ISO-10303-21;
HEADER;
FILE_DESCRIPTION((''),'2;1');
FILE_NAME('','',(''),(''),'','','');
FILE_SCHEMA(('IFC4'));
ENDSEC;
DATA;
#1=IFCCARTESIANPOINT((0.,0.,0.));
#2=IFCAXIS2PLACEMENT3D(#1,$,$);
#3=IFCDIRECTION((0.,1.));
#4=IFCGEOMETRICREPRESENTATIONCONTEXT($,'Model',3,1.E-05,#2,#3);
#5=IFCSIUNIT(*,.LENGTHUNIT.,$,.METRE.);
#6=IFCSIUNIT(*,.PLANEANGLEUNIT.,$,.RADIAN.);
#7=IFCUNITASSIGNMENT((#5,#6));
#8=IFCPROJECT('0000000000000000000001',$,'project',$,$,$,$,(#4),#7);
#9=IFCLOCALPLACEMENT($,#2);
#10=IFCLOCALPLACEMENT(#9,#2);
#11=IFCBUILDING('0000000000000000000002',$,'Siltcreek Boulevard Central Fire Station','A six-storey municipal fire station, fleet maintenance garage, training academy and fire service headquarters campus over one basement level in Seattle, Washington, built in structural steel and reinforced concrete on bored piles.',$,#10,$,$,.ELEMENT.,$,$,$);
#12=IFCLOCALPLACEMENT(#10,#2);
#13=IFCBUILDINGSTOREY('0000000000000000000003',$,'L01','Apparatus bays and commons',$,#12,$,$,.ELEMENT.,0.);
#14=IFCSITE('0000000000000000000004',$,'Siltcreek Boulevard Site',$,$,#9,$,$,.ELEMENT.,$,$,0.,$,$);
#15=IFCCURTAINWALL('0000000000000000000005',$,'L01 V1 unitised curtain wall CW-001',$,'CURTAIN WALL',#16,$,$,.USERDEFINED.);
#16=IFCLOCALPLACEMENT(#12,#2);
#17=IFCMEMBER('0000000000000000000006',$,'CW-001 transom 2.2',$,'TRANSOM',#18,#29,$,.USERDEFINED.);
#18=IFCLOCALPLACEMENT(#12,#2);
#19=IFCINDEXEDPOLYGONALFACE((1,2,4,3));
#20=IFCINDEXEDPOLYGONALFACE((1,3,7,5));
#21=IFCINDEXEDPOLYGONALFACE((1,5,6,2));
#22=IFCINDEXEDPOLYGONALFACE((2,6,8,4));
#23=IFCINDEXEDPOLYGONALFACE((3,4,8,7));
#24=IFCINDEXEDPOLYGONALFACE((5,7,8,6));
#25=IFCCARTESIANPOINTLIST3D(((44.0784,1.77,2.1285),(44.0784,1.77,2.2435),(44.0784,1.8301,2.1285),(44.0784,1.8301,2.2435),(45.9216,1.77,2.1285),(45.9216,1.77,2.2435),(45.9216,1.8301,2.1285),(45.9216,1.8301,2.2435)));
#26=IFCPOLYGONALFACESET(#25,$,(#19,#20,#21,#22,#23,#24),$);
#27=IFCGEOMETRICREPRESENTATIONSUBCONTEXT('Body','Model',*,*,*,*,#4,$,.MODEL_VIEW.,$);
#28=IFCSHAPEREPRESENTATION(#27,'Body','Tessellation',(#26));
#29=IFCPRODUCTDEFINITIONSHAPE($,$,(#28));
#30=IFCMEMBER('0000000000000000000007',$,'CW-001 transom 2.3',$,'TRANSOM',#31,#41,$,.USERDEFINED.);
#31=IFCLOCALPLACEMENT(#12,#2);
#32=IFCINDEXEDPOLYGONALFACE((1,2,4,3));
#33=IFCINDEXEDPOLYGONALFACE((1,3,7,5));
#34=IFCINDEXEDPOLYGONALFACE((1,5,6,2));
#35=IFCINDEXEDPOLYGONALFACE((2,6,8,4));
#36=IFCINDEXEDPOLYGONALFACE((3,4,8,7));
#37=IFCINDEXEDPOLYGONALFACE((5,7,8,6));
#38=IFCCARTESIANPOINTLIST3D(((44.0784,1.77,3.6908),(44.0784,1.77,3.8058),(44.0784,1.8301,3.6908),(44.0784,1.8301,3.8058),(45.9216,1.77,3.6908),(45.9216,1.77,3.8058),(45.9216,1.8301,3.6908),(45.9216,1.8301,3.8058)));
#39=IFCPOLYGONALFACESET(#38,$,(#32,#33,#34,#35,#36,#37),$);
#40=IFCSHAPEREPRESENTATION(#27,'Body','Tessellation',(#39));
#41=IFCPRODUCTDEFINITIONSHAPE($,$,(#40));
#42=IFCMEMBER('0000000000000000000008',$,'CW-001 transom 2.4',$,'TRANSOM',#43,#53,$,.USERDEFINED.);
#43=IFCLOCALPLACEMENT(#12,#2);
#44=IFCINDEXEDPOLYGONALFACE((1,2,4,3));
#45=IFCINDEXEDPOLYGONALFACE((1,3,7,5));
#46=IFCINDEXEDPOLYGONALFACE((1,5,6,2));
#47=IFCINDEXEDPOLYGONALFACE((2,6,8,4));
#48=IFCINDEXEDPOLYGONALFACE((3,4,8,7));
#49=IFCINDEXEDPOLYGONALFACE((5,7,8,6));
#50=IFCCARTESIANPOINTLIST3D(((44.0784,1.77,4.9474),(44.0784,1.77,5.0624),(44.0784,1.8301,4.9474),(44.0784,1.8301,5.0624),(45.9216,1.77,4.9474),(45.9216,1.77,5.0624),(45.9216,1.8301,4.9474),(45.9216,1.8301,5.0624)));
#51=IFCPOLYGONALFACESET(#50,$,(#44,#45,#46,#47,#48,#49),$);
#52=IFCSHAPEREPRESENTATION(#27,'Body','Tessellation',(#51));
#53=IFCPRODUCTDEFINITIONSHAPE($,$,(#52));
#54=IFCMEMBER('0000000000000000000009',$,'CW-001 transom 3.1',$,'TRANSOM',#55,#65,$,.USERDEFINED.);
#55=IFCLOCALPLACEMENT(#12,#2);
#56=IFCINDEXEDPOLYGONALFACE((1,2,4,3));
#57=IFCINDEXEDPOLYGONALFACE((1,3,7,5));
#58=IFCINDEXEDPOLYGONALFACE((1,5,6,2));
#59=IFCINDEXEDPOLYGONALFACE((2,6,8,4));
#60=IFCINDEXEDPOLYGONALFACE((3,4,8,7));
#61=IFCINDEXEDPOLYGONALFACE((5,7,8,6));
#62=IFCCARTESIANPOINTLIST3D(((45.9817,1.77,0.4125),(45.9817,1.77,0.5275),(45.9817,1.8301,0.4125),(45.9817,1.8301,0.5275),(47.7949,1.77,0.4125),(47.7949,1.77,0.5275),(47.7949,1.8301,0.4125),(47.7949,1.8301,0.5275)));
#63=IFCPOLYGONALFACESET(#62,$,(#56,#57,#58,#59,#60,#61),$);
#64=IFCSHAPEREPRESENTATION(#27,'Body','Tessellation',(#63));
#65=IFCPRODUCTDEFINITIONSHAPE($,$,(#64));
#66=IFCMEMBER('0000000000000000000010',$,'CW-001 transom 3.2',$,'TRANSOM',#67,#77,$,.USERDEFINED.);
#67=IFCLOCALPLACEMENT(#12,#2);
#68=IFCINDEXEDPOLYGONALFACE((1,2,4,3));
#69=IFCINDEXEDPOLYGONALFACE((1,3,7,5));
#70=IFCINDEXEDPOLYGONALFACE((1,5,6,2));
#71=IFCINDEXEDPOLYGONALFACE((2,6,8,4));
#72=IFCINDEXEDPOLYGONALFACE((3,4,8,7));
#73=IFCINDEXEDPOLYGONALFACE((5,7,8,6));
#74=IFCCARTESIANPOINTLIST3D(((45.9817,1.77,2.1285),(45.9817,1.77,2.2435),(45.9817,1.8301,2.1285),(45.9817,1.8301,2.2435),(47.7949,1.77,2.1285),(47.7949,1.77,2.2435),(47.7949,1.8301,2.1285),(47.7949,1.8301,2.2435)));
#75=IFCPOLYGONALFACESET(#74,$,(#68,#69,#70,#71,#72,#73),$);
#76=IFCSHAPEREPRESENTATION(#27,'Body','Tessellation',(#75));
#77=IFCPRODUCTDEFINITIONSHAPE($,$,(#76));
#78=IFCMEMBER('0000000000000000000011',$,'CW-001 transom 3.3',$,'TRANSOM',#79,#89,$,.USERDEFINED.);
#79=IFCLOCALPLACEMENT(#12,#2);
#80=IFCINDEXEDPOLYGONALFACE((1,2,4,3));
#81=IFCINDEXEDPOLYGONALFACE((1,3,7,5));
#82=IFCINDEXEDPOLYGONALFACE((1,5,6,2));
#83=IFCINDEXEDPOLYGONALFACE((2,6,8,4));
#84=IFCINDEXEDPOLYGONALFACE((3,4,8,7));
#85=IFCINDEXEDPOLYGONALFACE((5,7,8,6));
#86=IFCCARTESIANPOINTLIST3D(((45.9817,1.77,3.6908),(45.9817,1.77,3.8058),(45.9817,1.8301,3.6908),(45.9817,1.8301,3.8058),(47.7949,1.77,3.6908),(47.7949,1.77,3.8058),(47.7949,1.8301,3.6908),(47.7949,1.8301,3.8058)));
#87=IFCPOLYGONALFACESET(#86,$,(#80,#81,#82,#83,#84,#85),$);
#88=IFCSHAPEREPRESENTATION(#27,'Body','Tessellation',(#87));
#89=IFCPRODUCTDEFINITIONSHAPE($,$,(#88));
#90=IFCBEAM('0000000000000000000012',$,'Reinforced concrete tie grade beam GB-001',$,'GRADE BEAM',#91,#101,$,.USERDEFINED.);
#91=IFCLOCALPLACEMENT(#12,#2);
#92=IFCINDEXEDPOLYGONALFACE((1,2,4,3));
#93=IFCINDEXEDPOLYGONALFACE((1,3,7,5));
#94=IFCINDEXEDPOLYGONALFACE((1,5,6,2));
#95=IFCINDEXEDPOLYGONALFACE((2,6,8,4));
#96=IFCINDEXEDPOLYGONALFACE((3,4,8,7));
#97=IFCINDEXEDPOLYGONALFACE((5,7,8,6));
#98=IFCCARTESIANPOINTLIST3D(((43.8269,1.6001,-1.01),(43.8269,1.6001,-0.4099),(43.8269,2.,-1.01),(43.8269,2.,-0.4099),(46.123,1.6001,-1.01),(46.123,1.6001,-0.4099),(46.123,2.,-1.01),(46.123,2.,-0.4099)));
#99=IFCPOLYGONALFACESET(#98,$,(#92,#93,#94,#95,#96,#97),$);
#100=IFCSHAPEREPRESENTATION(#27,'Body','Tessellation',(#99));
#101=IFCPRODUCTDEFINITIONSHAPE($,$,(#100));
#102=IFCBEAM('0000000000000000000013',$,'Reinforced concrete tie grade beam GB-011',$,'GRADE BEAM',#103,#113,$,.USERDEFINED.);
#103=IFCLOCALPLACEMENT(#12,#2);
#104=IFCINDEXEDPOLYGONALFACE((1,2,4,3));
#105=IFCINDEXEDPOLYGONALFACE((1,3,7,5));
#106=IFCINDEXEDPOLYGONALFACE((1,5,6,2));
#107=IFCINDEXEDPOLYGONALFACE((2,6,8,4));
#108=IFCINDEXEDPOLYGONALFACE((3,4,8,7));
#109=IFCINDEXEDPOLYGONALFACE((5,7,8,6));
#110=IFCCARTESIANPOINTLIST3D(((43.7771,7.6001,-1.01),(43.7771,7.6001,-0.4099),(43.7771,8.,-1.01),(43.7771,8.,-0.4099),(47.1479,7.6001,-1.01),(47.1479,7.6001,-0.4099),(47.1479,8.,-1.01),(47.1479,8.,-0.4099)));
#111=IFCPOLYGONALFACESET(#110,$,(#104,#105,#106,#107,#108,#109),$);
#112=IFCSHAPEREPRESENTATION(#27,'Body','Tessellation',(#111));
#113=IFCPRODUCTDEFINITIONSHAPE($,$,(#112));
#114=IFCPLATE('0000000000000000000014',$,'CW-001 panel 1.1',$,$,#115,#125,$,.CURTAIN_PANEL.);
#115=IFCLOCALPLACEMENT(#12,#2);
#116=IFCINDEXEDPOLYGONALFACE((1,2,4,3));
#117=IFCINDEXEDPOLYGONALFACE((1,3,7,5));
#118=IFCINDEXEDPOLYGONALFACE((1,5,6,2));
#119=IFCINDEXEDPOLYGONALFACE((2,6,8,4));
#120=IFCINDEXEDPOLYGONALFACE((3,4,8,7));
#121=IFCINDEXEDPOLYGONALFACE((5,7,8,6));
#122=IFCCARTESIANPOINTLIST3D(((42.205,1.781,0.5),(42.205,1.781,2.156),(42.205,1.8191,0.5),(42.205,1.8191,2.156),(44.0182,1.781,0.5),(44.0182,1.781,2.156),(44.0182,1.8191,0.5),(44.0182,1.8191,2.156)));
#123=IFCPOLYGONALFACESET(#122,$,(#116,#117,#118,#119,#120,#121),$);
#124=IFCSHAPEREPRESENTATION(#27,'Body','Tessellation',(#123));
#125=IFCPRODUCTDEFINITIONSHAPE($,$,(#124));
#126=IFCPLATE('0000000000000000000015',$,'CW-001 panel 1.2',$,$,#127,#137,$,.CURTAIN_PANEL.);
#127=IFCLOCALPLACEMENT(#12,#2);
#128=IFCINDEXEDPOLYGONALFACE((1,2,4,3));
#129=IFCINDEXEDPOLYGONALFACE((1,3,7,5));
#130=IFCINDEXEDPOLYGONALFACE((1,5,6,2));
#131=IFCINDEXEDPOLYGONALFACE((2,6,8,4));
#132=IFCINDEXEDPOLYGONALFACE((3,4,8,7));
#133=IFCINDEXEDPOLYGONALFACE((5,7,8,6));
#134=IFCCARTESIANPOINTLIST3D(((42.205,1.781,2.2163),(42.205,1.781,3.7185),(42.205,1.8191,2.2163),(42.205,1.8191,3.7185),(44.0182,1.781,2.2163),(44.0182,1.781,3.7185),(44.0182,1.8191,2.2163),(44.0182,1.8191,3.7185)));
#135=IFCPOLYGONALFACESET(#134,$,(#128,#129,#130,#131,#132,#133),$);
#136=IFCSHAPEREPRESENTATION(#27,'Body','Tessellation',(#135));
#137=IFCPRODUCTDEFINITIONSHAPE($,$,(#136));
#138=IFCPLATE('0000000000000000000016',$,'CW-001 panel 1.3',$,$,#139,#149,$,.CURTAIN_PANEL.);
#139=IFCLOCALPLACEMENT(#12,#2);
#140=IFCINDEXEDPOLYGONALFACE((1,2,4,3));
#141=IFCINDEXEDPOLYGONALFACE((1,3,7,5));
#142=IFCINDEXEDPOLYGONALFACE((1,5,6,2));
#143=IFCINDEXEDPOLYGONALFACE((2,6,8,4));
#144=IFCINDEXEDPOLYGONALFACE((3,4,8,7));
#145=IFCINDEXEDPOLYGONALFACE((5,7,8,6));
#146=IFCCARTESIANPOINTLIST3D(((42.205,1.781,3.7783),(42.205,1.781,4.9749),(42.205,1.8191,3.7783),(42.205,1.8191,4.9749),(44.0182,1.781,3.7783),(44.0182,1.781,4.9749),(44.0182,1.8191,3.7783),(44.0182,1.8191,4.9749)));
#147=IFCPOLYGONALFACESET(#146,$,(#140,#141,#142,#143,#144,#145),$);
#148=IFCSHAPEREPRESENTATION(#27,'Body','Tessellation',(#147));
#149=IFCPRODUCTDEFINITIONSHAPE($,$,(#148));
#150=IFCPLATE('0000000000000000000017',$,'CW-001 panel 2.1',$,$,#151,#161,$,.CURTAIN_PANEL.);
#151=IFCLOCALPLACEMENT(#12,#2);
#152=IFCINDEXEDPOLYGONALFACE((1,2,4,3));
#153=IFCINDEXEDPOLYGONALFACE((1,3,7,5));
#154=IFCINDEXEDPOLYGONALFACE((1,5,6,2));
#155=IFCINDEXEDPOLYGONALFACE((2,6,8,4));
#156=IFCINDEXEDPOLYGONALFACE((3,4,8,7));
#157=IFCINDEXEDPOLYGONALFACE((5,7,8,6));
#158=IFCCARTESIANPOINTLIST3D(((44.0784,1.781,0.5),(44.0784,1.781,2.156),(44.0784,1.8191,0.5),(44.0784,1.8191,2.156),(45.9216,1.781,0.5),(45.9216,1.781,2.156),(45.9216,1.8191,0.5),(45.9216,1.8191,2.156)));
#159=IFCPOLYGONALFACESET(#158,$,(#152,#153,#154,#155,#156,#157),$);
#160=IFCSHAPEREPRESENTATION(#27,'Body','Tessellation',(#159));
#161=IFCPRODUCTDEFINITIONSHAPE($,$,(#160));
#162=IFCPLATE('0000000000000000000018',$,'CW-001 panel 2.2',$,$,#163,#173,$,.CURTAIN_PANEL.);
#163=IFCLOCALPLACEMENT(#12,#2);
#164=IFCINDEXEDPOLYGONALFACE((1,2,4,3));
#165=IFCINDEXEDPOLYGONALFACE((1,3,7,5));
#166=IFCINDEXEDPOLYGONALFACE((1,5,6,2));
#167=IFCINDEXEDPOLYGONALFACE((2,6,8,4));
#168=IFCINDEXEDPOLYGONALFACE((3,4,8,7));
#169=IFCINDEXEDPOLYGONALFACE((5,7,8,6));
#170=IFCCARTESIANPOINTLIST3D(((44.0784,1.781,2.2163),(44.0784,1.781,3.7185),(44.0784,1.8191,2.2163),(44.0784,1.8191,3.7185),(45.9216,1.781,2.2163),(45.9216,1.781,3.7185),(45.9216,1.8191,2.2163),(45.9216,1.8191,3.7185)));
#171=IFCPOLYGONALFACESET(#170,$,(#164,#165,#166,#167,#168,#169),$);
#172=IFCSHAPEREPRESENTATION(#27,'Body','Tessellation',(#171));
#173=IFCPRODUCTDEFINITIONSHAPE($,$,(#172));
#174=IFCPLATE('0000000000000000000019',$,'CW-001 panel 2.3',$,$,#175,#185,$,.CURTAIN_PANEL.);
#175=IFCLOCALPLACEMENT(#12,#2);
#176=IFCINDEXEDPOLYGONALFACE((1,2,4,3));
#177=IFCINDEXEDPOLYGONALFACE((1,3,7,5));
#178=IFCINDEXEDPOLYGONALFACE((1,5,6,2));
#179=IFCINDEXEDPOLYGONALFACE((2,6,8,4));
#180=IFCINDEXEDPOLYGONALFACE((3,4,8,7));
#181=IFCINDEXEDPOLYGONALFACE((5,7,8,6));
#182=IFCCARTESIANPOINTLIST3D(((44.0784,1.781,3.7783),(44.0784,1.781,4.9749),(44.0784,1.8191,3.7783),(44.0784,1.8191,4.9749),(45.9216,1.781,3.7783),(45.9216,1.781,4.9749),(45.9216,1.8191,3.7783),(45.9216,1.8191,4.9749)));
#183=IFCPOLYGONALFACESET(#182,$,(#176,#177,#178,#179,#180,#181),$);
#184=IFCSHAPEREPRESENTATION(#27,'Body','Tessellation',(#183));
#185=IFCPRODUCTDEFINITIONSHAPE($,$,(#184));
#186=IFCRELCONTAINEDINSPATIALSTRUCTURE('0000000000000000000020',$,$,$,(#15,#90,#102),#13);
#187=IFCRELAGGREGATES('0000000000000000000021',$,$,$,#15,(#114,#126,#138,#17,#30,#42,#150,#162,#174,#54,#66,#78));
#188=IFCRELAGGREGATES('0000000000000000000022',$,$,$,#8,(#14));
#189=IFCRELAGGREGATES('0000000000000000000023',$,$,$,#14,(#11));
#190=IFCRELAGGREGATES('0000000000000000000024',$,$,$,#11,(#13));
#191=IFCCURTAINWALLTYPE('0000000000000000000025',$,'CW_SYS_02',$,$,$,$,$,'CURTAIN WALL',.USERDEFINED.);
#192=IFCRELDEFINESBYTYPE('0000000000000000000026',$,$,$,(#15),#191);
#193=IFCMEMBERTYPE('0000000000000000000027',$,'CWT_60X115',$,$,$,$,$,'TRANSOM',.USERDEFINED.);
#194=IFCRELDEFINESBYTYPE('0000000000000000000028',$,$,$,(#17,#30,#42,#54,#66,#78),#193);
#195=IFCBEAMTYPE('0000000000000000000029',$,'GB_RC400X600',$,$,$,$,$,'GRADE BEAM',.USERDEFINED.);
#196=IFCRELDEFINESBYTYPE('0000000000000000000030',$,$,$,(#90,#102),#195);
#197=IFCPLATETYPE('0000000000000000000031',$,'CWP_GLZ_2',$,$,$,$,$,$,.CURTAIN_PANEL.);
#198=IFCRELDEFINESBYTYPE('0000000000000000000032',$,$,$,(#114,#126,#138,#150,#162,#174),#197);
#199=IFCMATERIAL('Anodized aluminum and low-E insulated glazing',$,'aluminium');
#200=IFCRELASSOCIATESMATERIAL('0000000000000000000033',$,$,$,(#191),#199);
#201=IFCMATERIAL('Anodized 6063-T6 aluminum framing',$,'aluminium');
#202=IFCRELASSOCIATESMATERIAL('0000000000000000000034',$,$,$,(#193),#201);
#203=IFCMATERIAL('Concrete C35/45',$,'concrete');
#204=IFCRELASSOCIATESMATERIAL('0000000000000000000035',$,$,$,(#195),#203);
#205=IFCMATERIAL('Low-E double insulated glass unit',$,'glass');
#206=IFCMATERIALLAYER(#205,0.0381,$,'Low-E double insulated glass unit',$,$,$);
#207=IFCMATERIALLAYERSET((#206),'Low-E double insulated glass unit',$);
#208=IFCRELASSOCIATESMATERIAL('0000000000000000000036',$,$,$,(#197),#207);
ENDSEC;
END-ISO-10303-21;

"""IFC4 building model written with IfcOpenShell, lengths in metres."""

from ifc_helpers import new_model, si_unit, direction, frame, origin, origin_2d, place, context, subcontext, project, spatial, rectangle, extrude, material, layer, layer_set, material_profile, profile_set, type_object, element, aggregate, save


model = new_model("IFC4")

# Units and contexts
model_context = context("Model", 3, precision=1e-05, world=origin(), true_north=direction((0.0, 1.0)))
body_context = subcontext(model_context, "Body", "Model", "MODEL_VIEW")
ifc_project = project(units=[si_unit("LENGTHUNIT", "METRE"), si_unit("PLANEANGLEUNIT", "RADIAN")], contexts=[model_context])

# Site, building, storey
site_placement = place(None, origin())
site = spatial("IfcSite", under=ifc_project, at=site_placement, Name="Siltcreek Boulevard Site", CompositionType="ELEMENT", RefElevation=0.0)
building_placement = place(site_placement, origin())
building = spatial("IfcBuilding", under=site, at=building_placement, Name="Siltcreek Boulevard Central Fire Station", Description="A six-storey municipal fire station, fleet maintenance garage, training academy and fire service headquarters campus over one basement level in Seattle, Washington, built in structural steel and reinforced concrete on bored piles.", CompositionType="ELEMENT")
storey_placement = place(building_placement, origin())
storey = spatial("IfcBuildingStorey", under=building, at=storey_placement, Name="L01", Description="Apparatus bays and commons", CompositionType="ELEMENT", Elevation=0.0)

# Shared definitions
ifc_material_1 = material(Name="Concrete C35/45", Category="concrete")

# Curtain wall, members
ifc_material_2 = material(Name="Anodized aluminum and low-E insulated glazing", Category="aluminium")
curtain_wall_type = type_object("IfcCurtainWallType", Name="CW_SYS_02", ElementType="CURTAIN WALL", PredefinedType="USERDEFINED", material=ifc_material_2)
curtain_wall_placement = place(storey_placement, origin())
curtain_wall = element("IfcCurtainWall", 1, at=curtain_wall_placement, inside=storey, type_object=curtain_wall_type, Name="L01 V1 unitised curtain wall CW-001", ObjectType="CURTAIN WALL", PredefinedType="USERDEFINED")
ifc_material_3 = material(Name="Anodized 6063-T6 aluminum framing", Category="aluminium")
ifc_material_profile_1 = material_profile(ifc_material_3, rectangle(XDim=0.0601, YDim=0.115, at=origin_2d()), Name="TRAN60X115")
ifc_profile_set_1 = profile_set([ifc_material_profile_1], Name="Anodized 6063-T6 aluminum framing")
member_type_1 = type_object("IfcMemberType", Name="CWT_60X115", ElementType="TRANSOM", PredefinedType="USERDEFINED", material=ifc_profile_set_1)
member_1_placement = place(storey_placement, frame((44.0784, 1.8, 2.186), z_axis=(1.0, 0.0, 0.0), x_axis=(0.0, 1.0, 0.0)))
member_1 = element("IfcMember", 2, at=member_1_placement, type_object=member_type_1, Name="CW-001 transom 2.2", ObjectType="TRANSOM", PredefinedType="USERDEFINED", context=body_context, shape_type="SweptSolid", body=[
    extrude(rectangle(XDim=0.0601, YDim=0.115, at=origin_2d()), origin(), (0.0, 0.0, 1.0), 1.8433),
])
member_2_placement = place(storey_placement, frame((44.0784, 1.8, 3.7483), z_axis=(1.0, 0.0, 0.0), x_axis=(0.0, 1.0, 0.0)))
member_2 = element("IfcMember", 3, at=member_2_placement, type_object=member_type_1, Name="CW-001 transom 2.3", ObjectType="TRANSOM", PredefinedType="USERDEFINED", context=body_context, shape_type="SweptSolid", body=[
    extrude(rectangle(XDim=0.0601, YDim=0.115, at=origin_2d()), origin(), (0.0, 0.0, 1.0), 1.8433),
])
member_3_placement = place(storey_placement, frame((44.0784, 1.8, 5.0049), z_axis=(1.0, 0.0, 0.0), x_axis=(0.0, 1.0, 0.0)))
member_3 = element("IfcMember", 4, at=member_3_placement, type_object=member_type_1, Name="CW-001 transom 2.4", ObjectType="TRANSOM", PredefinedType="USERDEFINED", context=body_context, shape_type="SweptSolid", body=[
    extrude(rectangle(XDim=0.0601, YDim=0.115, at=origin_2d()), origin(), (0.0, 0.0, 1.0), 1.8433),
])
member_4_placement = place(storey_placement, frame((45.9817, 1.8, 0.47), z_axis=(1.0, 0.0, 0.0), x_axis=(0.0, 1.0, 0.0)))
member_4 = element("IfcMember", 5, at=member_4_placement, type_object=member_type_1, Name="CW-001 transom 3.1", ObjectType="TRANSOM", PredefinedType="USERDEFINED", context=body_context, shape_type="SweptSolid", body=[
    extrude(rectangle(XDim=0.0601, YDim=0.115, at=origin_2d()), origin(), (0.0, 0.0, 1.0), 1.8132),
])
member_5_placement = place(storey_placement, frame((45.9817, 1.8, 2.186), z_axis=(1.0, 0.0, 0.0), x_axis=(0.0, 1.0, 0.0)))
member_5 = element("IfcMember", 6, at=member_5_placement, type_object=member_type_1, Name="CW-001 transom 3.2", ObjectType="TRANSOM", PredefinedType="USERDEFINED", context=body_context, shape_type="SweptSolid", body=[
    extrude(rectangle(XDim=0.0601, YDim=0.115, at=origin_2d()), origin(), (0.0, 0.0, 1.0), 1.8132),
])
member_6_placement = place(storey_placement, frame((45.9817, 1.8, 3.7483), z_axis=(1.0, 0.0, 0.0), x_axis=(0.0, 1.0, 0.0)))
member_6 = element("IfcMember", 7, at=member_6_placement, type_object=member_type_1, Name="CW-001 transom 3.3", ObjectType="TRANSOM", PredefinedType="USERDEFINED", context=body_context, shape_type="SweptSolid", body=[
    extrude(rectangle(XDim=0.0601, YDim=0.115, at=origin_2d()), origin(), (0.0, 0.0, 1.0), 1.8132),
])

# Beams
ifc_material_profile_2 = material_profile(ifc_material_1, rectangle(XDim=0.3999, YDim=0.6001, at=origin_2d()), Name="RC400X600")
ifc_profile_set_2 = profile_set([ifc_material_profile_2], Name="Concrete C35/45")
beam_type = type_object("IfcBeamType", Name="GB_RC400X600", ElementType="GRADE BEAM", PredefinedType="USERDEFINED", material=ifc_profile_set_2)
beam_1_placement = place(storey_placement, frame((43.8269, 1.8, -0.71), z_axis=(1.0, 0.0, 0.0), x_axis=(0.0, 1.0, 0.0)))
element("IfcBeam", 8, at=beam_1_placement, inside=storey, type_object=beam_type, Name="Reinforced concrete tie grade beam GB-001", ObjectType="GRADE BEAM", PredefinedType="USERDEFINED", context=body_context, shape_type="SweptSolid", body=[
    extrude(rectangle(XDim=0.3999, YDim=0.6001, at=origin_2d()), origin(), (0.0, 0.0, 1.0), 2.2961),
])
beam_2_placement = place(storey_placement, frame((43.7771, 7.8, -0.71), z_axis=(1.0, 0.0, 0.0), x_axis=(0.0, 1.0, 0.0)))
element("IfcBeam", 9, at=beam_2_placement, inside=storey, type_object=beam_type, Name="Reinforced concrete tie grade beam GB-011", ObjectType="GRADE BEAM", PredefinedType="USERDEFINED", context=body_context, shape_type="SweptSolid", body=[
    extrude(rectangle(XDim=0.3999, YDim=0.6001, at=origin_2d()), origin(), (0.0, 0.0, 1.0), 3.3708),
])

# Plates
ifc_material_4 = material(Name="Low-E double insulated glass unit", Category="glass")
ifc_layer_1 = layer(ifc_material_4, 0.0381, Name="Low-E double insulated glass unit")
ifc_layer_set_1 = layer_set([ifc_layer_1], Name="Low-E double insulated glass unit")
plate_type = type_object("IfcPlateType", Name="CWP_GLZ_2", PredefinedType="CURTAIN_PANEL", material=ifc_layer_set_1)
plate_1_placement = place(storey_placement, frame((43.1116, 1.8, 0.5), z_axis=(0.0, 0.0, 1.0), x_axis=(1.0, 0.0, 0.0)))
plate_1 = element("IfcPlate", 10, at=plate_1_placement, type_object=plate_type, Name="CW-001 panel 1.1", PredefinedType="CURTAIN_PANEL", context=body_context, shape_type="SweptSolid", body=[
    extrude(rectangle(XDim=1.8132, YDim=0.0381, at=origin_2d()), origin(), (0.0, 0.0, 1.0), 1.656),
])
plate_2_placement = place(storey_placement, frame((43.1116, 1.8, 2.2163), z_axis=(0.0, 0.0, 1.0), x_axis=(1.0, 0.0, 0.0)))
plate_2 = element("IfcPlate", 11, at=plate_2_placement, type_object=plate_type, Name="CW-001 panel 1.2", PredefinedType="CURTAIN_PANEL", context=body_context, shape_type="SweptSolid", body=[
    extrude(rectangle(XDim=1.8132, YDim=0.0381, at=origin_2d()), origin(), (0.0, 0.0, 1.0), 1.5022),
])
plate_3_placement = place(storey_placement, frame((43.1116, 1.8, 3.7783), z_axis=(0.0, 0.0, 1.0), x_axis=(1.0, 0.0, 0.0)))
plate_3 = element("IfcPlate", 12, at=plate_3_placement, type_object=plate_type, Name="CW-001 panel 1.3", PredefinedType="CURTAIN_PANEL", context=body_context, shape_type="SweptSolid", body=[
    extrude(rectangle(XDim=1.8132, YDim=0.0381, at=origin_2d()), origin(), (0.0, 0.0, 1.0), 1.1965),
])
plate_4_placement = place(storey_placement, frame((45.0, 1.8, 0.5), z_axis=(0.0, 0.0, 1.0), x_axis=(1.0, 0.0, 0.0)))
plate_4 = element("IfcPlate", 13, at=plate_4_placement, type_object=plate_type, Name="CW-001 panel 2.1", PredefinedType="CURTAIN_PANEL", context=body_context, shape_type="SweptSolid", body=[
    extrude(rectangle(XDim=1.8433, YDim=0.0381, at=origin_2d()), origin(), (0.0, 0.0, 1.0), 1.656),
])
plate_5_placement = place(storey_placement, frame((45.0, 1.8, 2.2163), z_axis=(0.0, 0.0, 1.0), x_axis=(1.0, 0.0, 0.0)))
plate_5 = element("IfcPlate", 14, at=plate_5_placement, type_object=plate_type, Name="CW-001 panel 2.2", PredefinedType="CURTAIN_PANEL", context=body_context, shape_type="SweptSolid", body=[
    extrude(rectangle(XDim=1.8433, YDim=0.0381, at=origin_2d()), origin(), (0.0, 0.0, 1.0), 1.5022),
])
plate_6_placement = place(storey_placement, frame((45.0, 1.8, 3.7783), z_axis=(0.0, 0.0, 1.0), x_axis=(1.0, 0.0, 0.0)))
plate_6 = element("IfcPlate", 15, at=plate_6_placement, type_object=plate_type, Name="CW-001 panel 2.3", PredefinedType="CURTAIN_PANEL", context=body_context, shape_type="SweptSolid", body=[
    extrude(rectangle(XDim=1.8433, YDim=0.0381, at=origin_2d()), origin(), (0.0, 0.0, 1.0), 1.1965),
])
aggregate(curtain_wall, [plate_1, plate_2, plate_3, member_1, member_2, member_3, plate_4, plate_5, plate_6, member_4, member_5, member_6])

save(model, "model.ifc")
